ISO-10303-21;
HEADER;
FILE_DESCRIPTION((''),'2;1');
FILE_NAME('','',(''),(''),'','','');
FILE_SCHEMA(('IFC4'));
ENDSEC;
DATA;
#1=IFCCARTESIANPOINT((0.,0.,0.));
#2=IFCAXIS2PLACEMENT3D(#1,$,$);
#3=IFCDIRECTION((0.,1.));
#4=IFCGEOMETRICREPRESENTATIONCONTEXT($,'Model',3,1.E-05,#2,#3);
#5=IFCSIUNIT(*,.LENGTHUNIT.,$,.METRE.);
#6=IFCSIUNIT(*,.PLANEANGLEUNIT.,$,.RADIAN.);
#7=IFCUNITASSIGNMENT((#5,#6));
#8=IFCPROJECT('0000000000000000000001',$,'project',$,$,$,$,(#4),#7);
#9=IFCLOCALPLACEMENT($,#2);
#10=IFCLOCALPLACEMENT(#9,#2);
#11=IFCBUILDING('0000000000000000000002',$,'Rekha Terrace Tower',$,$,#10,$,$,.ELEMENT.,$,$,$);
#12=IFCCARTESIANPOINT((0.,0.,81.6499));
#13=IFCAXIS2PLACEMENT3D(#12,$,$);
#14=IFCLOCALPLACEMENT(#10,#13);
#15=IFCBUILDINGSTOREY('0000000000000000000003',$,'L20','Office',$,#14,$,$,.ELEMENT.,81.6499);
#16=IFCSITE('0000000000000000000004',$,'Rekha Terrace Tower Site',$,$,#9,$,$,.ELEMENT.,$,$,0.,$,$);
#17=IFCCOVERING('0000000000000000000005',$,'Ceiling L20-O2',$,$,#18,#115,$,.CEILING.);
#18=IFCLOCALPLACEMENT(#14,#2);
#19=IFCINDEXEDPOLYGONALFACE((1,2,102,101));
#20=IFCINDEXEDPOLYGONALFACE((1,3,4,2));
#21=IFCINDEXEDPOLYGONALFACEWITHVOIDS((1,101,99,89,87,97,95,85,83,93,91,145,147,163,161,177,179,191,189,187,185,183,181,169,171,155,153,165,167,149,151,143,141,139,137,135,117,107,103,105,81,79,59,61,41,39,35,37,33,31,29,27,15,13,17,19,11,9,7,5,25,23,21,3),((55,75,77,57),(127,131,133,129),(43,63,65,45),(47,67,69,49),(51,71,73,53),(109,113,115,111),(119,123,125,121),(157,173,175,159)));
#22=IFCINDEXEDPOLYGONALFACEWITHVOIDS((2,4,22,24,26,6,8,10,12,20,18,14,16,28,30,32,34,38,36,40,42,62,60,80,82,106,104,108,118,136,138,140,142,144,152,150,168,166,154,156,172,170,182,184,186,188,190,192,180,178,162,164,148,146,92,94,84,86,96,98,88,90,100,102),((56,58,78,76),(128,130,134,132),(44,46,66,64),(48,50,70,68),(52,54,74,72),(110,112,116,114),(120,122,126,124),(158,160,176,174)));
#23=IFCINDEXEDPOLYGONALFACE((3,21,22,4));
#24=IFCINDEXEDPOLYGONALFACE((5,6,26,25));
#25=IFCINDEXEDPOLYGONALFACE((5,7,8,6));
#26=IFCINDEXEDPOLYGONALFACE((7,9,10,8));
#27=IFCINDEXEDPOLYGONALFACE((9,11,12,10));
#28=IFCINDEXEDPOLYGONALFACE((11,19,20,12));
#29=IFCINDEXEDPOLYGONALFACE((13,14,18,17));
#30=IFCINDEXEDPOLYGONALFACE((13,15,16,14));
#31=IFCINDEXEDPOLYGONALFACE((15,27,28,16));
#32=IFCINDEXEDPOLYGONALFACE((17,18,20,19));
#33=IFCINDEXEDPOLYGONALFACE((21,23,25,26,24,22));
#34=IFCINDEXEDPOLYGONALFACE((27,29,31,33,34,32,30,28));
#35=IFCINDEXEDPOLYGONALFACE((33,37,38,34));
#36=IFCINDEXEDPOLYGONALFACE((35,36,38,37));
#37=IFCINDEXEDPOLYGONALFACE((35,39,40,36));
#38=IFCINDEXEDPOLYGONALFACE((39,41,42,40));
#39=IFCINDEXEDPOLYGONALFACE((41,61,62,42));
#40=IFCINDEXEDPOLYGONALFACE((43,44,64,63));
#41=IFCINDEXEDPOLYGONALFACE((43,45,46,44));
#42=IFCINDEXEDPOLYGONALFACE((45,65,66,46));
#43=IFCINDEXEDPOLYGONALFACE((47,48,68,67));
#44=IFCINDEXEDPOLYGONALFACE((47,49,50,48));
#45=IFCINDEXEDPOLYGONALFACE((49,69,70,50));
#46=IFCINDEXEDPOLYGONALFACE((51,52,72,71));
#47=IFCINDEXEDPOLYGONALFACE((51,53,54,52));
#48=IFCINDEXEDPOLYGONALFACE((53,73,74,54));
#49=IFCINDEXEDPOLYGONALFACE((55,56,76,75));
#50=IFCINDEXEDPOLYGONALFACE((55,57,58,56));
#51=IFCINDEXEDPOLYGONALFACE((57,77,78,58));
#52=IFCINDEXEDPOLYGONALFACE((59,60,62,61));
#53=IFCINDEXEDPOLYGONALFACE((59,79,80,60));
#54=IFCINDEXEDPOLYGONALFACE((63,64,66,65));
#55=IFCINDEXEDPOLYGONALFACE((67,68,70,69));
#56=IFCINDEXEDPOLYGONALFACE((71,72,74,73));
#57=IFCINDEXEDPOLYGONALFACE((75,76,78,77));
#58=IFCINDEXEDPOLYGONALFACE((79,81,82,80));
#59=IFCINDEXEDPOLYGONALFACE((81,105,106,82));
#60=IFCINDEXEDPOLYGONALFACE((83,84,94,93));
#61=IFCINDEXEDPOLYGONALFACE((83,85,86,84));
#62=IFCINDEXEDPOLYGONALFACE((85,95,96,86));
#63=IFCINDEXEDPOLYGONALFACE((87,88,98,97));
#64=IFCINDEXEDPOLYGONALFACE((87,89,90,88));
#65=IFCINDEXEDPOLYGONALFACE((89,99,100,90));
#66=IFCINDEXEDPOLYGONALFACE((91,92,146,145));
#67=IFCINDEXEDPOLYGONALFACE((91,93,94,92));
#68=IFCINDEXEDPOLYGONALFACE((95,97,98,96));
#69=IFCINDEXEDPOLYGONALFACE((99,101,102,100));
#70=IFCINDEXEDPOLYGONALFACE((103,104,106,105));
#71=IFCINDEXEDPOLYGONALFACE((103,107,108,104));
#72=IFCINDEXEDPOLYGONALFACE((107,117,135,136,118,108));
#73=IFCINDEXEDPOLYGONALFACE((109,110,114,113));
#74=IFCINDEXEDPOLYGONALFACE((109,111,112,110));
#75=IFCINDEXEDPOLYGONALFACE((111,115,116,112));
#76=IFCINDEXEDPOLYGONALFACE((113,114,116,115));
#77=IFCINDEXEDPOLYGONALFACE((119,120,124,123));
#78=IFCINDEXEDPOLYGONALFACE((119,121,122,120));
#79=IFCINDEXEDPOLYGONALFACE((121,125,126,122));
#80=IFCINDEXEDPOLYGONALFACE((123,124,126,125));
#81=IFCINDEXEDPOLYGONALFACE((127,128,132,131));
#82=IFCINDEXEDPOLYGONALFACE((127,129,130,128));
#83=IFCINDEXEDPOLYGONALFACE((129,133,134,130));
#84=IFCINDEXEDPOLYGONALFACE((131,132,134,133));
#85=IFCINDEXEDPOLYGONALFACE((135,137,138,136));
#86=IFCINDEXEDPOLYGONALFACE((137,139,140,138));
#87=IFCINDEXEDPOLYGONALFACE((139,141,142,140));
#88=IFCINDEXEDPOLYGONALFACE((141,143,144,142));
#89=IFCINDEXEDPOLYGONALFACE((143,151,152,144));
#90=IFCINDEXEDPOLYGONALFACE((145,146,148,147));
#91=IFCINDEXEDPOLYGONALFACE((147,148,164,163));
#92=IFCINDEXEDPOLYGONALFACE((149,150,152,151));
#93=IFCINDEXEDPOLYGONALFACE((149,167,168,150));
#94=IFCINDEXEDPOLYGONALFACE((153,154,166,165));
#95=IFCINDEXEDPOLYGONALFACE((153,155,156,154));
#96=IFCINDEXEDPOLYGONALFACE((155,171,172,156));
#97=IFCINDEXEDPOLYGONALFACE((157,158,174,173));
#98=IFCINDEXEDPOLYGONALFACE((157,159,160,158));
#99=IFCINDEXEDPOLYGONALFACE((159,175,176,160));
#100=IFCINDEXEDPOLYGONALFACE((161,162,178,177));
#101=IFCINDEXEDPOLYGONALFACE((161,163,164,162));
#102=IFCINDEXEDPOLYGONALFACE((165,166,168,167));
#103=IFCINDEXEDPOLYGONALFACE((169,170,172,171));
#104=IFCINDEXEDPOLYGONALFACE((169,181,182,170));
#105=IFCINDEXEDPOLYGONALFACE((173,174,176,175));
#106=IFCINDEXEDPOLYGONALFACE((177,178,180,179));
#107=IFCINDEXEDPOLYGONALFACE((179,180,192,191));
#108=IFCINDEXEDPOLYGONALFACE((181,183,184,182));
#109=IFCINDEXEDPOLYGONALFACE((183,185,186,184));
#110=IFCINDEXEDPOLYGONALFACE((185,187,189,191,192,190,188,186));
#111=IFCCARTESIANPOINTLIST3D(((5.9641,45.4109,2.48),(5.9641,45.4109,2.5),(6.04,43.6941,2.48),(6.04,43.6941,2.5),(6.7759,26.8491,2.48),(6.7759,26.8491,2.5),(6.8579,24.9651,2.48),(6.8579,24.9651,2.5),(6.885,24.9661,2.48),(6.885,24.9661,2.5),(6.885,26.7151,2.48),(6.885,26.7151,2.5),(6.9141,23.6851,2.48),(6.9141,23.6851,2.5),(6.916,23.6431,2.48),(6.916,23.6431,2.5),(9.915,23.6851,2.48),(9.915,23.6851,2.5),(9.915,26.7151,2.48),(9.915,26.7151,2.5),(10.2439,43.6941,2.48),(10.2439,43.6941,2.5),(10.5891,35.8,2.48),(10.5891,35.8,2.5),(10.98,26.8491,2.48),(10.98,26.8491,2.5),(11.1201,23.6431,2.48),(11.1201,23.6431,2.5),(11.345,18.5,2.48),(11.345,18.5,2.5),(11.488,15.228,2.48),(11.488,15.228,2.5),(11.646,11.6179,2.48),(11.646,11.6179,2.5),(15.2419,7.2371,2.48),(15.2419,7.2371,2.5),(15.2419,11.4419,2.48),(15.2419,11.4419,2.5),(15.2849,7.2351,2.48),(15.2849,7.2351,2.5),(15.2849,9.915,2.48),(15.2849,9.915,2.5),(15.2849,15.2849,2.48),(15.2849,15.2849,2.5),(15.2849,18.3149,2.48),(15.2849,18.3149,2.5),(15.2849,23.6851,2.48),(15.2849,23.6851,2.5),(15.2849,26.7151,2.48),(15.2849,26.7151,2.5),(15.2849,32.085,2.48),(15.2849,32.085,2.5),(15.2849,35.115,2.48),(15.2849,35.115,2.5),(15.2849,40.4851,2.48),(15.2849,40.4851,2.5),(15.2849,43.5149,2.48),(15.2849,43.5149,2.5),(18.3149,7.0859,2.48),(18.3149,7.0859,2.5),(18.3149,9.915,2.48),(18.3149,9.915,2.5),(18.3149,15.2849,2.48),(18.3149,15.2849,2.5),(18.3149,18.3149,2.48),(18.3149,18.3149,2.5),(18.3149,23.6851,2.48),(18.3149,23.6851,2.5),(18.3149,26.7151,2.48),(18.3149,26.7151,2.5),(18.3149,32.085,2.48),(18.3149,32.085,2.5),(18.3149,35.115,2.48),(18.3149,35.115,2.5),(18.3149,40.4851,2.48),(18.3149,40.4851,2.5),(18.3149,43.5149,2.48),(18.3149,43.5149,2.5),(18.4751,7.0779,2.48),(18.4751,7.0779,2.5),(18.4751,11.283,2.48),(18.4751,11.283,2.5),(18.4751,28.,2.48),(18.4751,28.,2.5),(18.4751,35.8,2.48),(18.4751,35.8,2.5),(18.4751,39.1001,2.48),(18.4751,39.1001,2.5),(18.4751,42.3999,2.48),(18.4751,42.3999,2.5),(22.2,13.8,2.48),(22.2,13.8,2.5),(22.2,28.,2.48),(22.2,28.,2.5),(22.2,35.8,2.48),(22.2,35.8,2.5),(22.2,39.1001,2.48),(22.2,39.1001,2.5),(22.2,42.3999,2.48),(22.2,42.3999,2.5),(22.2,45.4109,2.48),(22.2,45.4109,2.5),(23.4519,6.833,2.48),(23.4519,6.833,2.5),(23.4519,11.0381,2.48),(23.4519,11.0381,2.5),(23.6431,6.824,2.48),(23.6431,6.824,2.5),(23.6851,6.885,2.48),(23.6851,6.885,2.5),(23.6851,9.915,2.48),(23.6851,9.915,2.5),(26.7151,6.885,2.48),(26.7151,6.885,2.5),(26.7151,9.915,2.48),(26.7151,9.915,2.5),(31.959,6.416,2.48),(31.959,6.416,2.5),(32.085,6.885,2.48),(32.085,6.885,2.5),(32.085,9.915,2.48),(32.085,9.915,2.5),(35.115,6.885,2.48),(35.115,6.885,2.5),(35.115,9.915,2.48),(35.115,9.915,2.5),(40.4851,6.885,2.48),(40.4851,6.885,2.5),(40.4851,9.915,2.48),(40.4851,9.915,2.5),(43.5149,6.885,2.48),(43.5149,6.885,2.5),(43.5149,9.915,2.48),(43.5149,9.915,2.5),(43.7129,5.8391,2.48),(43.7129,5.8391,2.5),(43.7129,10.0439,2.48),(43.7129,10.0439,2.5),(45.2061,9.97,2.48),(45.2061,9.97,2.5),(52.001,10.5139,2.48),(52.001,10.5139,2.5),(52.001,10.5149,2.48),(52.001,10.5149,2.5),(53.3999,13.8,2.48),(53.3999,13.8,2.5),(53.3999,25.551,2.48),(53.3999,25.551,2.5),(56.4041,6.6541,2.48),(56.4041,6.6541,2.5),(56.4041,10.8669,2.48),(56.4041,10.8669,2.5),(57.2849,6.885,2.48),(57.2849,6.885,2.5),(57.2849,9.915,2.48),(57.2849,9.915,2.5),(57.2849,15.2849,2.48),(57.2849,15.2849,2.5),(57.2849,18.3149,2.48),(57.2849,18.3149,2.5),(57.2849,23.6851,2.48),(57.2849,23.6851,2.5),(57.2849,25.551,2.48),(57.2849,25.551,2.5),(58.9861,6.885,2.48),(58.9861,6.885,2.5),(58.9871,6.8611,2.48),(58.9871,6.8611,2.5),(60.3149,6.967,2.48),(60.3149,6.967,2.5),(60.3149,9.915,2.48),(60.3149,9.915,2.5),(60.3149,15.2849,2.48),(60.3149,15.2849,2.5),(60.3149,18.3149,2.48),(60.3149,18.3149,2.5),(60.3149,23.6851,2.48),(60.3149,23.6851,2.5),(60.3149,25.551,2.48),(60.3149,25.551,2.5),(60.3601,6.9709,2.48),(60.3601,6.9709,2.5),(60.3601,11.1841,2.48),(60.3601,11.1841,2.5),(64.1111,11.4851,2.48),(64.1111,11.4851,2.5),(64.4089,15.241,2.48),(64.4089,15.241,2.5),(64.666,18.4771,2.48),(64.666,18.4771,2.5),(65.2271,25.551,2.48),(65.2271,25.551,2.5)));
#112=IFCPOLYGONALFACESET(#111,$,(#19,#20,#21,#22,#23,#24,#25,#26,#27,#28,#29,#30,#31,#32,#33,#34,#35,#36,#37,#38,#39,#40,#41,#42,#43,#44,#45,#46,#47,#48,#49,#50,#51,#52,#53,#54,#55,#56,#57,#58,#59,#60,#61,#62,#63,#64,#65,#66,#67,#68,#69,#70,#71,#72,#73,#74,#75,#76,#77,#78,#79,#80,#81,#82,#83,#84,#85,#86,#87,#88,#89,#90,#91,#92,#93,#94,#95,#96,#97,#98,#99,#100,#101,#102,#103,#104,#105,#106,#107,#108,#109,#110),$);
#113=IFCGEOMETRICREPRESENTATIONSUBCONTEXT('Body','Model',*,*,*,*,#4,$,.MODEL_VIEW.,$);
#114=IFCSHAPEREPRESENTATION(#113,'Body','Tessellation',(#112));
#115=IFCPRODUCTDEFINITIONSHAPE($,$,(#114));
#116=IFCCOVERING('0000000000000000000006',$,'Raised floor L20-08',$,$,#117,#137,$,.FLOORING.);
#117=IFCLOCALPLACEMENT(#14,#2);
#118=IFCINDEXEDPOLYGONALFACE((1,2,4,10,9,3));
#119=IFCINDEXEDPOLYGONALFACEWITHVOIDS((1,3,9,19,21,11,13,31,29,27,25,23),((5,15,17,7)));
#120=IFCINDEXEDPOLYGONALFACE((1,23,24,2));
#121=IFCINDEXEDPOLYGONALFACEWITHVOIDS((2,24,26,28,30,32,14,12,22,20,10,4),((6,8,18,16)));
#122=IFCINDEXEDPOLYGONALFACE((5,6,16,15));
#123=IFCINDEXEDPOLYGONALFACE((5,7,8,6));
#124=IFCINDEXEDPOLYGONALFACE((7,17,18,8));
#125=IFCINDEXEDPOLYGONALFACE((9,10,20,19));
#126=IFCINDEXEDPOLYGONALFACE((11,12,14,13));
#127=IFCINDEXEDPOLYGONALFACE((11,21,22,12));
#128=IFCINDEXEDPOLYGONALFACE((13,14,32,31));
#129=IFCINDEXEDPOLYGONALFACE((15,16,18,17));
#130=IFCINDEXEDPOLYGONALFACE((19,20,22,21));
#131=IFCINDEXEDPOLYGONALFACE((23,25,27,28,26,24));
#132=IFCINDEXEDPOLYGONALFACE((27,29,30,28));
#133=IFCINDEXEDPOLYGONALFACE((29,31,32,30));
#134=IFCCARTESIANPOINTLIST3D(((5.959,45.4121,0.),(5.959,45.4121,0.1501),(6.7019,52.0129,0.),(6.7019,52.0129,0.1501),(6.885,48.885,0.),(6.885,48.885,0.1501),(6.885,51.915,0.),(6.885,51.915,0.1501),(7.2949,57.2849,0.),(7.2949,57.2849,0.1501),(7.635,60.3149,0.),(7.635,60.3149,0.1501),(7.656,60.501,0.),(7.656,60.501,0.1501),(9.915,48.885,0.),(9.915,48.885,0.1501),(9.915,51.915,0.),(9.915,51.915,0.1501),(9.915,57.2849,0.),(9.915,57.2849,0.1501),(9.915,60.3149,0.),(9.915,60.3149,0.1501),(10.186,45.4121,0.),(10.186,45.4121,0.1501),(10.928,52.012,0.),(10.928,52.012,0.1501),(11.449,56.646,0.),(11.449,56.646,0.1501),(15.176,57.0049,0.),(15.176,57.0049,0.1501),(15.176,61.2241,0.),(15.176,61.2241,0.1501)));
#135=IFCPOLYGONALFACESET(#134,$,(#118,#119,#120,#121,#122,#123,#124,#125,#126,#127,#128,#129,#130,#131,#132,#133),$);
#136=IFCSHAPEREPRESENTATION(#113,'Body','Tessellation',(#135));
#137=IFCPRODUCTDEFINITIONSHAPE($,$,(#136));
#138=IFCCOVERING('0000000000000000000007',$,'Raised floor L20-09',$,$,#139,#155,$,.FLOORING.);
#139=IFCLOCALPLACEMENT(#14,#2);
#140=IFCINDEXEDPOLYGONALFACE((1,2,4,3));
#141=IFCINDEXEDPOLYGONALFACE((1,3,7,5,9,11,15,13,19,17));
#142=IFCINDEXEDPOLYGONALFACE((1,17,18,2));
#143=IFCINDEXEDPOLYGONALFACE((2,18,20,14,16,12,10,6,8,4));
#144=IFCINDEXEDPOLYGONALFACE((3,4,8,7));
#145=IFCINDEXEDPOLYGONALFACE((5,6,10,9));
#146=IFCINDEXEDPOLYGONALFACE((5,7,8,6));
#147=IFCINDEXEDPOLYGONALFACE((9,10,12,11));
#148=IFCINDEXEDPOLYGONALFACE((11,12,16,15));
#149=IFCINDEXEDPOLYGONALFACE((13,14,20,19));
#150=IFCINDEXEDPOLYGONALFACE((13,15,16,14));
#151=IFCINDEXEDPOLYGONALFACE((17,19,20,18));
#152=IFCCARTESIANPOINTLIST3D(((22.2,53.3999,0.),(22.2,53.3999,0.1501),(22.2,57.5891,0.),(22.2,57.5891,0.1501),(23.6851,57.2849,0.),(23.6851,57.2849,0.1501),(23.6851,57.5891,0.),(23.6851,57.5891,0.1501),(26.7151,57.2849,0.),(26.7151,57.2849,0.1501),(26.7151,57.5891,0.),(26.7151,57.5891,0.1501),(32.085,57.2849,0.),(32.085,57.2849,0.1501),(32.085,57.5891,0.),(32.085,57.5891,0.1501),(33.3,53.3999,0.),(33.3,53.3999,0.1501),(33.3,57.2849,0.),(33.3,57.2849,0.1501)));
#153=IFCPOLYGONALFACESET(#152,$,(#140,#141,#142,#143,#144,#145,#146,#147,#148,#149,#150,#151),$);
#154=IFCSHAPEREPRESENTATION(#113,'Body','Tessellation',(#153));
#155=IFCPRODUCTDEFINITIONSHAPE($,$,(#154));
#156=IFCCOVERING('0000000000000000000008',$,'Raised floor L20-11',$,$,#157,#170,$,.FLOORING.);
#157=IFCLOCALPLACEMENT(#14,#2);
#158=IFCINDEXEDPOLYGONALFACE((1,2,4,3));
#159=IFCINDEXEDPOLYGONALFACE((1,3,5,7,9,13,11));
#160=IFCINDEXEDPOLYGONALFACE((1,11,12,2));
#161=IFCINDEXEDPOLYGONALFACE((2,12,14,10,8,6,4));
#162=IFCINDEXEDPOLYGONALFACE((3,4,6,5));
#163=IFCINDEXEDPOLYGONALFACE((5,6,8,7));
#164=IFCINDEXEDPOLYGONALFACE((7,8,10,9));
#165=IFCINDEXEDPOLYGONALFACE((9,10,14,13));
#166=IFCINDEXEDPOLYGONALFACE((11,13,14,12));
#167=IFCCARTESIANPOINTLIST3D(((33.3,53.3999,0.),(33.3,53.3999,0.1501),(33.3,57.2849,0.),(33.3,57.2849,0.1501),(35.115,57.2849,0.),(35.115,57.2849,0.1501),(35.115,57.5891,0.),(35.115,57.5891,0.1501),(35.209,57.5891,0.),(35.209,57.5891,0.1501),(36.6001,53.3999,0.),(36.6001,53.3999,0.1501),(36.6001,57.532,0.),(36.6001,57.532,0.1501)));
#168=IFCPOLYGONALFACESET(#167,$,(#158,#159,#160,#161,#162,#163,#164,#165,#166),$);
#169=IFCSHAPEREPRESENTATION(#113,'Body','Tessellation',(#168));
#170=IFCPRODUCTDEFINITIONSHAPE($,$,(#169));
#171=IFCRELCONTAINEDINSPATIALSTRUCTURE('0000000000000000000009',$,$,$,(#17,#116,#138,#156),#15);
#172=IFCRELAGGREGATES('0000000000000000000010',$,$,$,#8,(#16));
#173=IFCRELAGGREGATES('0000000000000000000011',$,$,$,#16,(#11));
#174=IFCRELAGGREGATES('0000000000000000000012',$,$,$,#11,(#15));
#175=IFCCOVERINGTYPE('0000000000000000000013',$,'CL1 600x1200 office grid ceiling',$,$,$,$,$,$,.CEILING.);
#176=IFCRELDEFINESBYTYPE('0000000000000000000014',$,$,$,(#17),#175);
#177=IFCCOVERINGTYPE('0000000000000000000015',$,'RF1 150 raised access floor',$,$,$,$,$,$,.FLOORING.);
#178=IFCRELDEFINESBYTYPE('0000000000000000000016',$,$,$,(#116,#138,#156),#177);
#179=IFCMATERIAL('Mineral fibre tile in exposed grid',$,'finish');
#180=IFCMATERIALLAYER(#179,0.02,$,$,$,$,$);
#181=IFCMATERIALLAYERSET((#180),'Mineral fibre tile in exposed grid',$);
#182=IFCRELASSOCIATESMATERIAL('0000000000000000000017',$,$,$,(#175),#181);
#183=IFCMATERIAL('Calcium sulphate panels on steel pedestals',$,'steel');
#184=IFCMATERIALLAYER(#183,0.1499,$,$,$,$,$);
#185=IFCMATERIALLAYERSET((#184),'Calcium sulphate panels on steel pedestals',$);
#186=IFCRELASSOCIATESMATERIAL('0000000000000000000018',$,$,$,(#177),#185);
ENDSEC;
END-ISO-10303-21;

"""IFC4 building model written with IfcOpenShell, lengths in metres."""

from ifc_helpers import new_model, si_unit, direction, frame, origin, place, context, subcontext, project, spatial, polyline, outline, extrude, material, layer, layer_set, type_object, element, save


model = new_model("IFC4")

# Units and contexts
model_context = context("Model", 3, precision=1e-05, world=origin(), true_north=direction((0.0, 1.0)))
body_context = subcontext(model_context, "Body", "Model", "MODEL_VIEW")
ifc_project = project(units=[si_unit("LENGTHUNIT", "METRE"), si_unit("PLANEANGLEUNIT", "RADIAN")], contexts=[model_context])

# Site, building, storey
site_placement = place(None, origin())
site = spatial("IfcSite", under=ifc_project, at=site_placement, Name="Rekha Terrace Tower Site", CompositionType="ELEMENT", RefElevation=0.0)
building_placement = place(site_placement, origin())
building = spatial("IfcBuilding", under=site, at=building_placement, Name="Rekha Terrace Tower", CompositionType="ELEMENT")
storey_placement = place(building_placement, frame((0.0, 0.0, 81.6499)))
storey = spatial("IfcBuildingStorey", under=building, at=storey_placement, Name="L20", Description="Office", CompositionType="ELEMENT", Elevation=81.6499)

# Coverings
ifc_material_1 = material(Name="Mineral fibre tile in exposed grid", Category="finish")
ifc_layer_1 = layer(ifc_material_1, 0.02)
ifc_layer_set_1 = layer_set([ifc_layer_1], Name="Mineral fibre tile in exposed grid")
covering_type_1 = type_object("IfcCoveringType", Name="CL1 600x1200 office grid ceiling", PredefinedType="CEILING", material=ifc_layer_set_1)
covering_1_placement = place(storey_placement, frame((0.0, 0.0, 2.48)))
element("IfcCovering", 1, at=covering_1_placement, inside=storey, type_object=covering_type_1, Name="Ceiling L20-O2", PredefinedType="CEILING", context=body_context, shape_type="SweptSolid", body=[
    extrude(outline(polyline([(10.2439, 43.6941), (10.5891, 35.8), (10.98, 26.8491), (6.7759, 26.8491), (6.8579, 24.9651), (6.885, 24.9661), (6.885, 26.7151), (9.915, 26.7151), (9.915, 23.6851), (6.9141, 23.6851), (6.916, 23.6431), (11.1201, 23.6431), (11.345, 18.5), (11.488, 15.228), (11.646, 11.6179), (15.2419, 11.4419), (15.2419, 7.2371), (15.2849, 7.2351), (15.2849, 9.915), (18.3149, 9.915), (18.3149, 7.0859), (18.4751, 7.0779), (18.4751, 11.283), (23.4519, 11.0381), (23.4519, 6.833), (23.6431, 6.824), (31.959, 6.416), (43.7129, 5.8391), (43.7129, 10.0439), (45.2061, 9.97), (52.001, 10.5139), (52.001, 10.5149), (56.4041, 10.8669), (56.4041, 6.6541), (58.9871, 6.8611), (58.9861, 6.885), (57.2849, 6.885), (57.2849, 9.915), (60.3149, 9.915), (60.3149, 6.967), (60.3601, 6.9709), (60.3601, 11.1841), (64.1111, 11.4851), (64.4089, 15.241), (64.666, 18.4771), (65.2271, 25.551), (60.3149, 25.551), (60.3149, 23.6851), (57.2849, 23.6851), (57.2849, 25.551), (53.3999, 25.551), (53.3999, 13.8), (22.2, 13.8), (22.2, 28.0), (18.4751, 28.0), (18.4751, 35.8), (22.2, 35.8), (22.2, 39.1001), (18.4751, 39.1001), (18.4751, 42.3999), (22.2, 42.3999), (22.2, 45.4109), (5.9641, 45.4109), (6.04, 43.6941), (10.2439, 43.6941)]), holes=[polyline([(60.3149, 18.3149), (60.3149, 15.2849), (57.2849, 15.2849), (57.2849, 18.3149), (60.3149, 18.3149)]), polyline([(43.5149, 6.885), (40.4851, 6.885), (40.4851, 9.915), (43.5149, 9.915), (43.5149, 6.885)]), polyline([(35.115, 6.885), (32.085, 6.885), (32.085, 9.915), (35.115, 9.915), (35.115, 6.885)]), polyline([(26.7151, 9.915), (26.7151, 6.885), (23.6851, 6.885), (23.6851, 9.915), (26.7151, 9.915)]), polyline([(18.3149, 15.2849), (15.2849, 15.2849), (15.2849, 18.3149), (18.3149, 18.3149), (18.3149, 15.2849)]), polyline([(18.3149, 23.6851), (15.2849, 23.6851), (15.2849, 26.7151), (18.3149, 26.7151), (18.3149, 23.6851)]), polyline([(18.3149, 32.085), (15.2849, 32.085), (15.2849, 35.115), (18.3149, 35.115), (18.3149, 32.085)]), polyline([(18.3149, 40.4851), (15.2849, 40.4851), (15.2849, 43.5149), (18.3149, 43.5149), (18.3149, 40.4851)])]), origin(), (0.0, 0.0, 1.0), 0.02),
])
ifc_material_2 = material(Name="Calcium sulphate panels on steel pedestals", Category="steel")
ifc_layer_2 = layer(ifc_material_2, 0.1499)
ifc_layer_set_2 = layer_set([ifc_layer_2], Name="Calcium sulphate panels on steel pedestals")
covering_type_2 = type_object("IfcCoveringType", Name="RF1 150 raised access floor", PredefinedType="FLOORING", material=ifc_layer_set_2)
covering_2_placement = place(storey_placement, origin())
element("IfcCovering", 2, at=covering_2_placement, inside=storey, type_object=covering_type_2, Name="Raised floor L20-08", PredefinedType="FLOORING", context=body_context, shape_type="SweptSolid", body=[
    extrude(outline(polyline([(9.915, 57.2849), (7.2949, 57.2849), (6.7019, 52.0129), (5.959, 45.4121), (10.186, 45.4121), (10.928, 52.012), (11.449, 56.646), (15.176, 57.0049), (15.176, 61.2241), (7.656, 60.501), (7.635, 60.3149), (9.915, 60.3149), (9.915, 57.2849)]), holes=[polyline([(9.915, 51.915), (9.915, 48.885), (6.885, 48.885), (6.885, 51.915), (9.915, 51.915)])]), origin(), (0.0, 0.0, 1.0), 0.1501),
])
covering_3_placement = place(storey_placement, origin())
element("IfcCovering", 3, at=covering_3_placement, inside=storey, type_object=covering_type_2, Name="Raised floor L20-09", PredefinedType="FLOORING", context=body_context, shape_type="SweptSolid", body=[
    extrude(outline(polyline([(22.2, 53.3999), (33.3, 53.3999), (33.3, 57.2849), (32.085, 57.2849), (32.085, 57.5891), (26.7151, 57.5891), (26.7151, 57.2849), (23.6851, 57.2849), (23.6851, 57.5891), (22.2, 57.5891), (22.2, 53.3999)])), origin(), (0.0, 0.0, 1.0), 0.1501),
])
covering_4_placement = place(storey_placement, origin())
element("IfcCovering", 4, at=covering_4_placement, inside=storey, type_object=covering_type_2, Name="Raised floor L20-11", PredefinedType="FLOORING", context=body_context, shape_type="SweptSolid", body=[
    extrude(outline(polyline([(36.6001, 57.532), (35.209, 57.5891), (35.115, 57.5891), (35.115, 57.2849), (33.3, 57.2849), (33.3, 53.3999), (36.6001, 53.3999), (36.6001, 57.532)])), origin(), (0.0, 0.0, 1.0), 0.1501),
])

save(model, "model.ifc")
